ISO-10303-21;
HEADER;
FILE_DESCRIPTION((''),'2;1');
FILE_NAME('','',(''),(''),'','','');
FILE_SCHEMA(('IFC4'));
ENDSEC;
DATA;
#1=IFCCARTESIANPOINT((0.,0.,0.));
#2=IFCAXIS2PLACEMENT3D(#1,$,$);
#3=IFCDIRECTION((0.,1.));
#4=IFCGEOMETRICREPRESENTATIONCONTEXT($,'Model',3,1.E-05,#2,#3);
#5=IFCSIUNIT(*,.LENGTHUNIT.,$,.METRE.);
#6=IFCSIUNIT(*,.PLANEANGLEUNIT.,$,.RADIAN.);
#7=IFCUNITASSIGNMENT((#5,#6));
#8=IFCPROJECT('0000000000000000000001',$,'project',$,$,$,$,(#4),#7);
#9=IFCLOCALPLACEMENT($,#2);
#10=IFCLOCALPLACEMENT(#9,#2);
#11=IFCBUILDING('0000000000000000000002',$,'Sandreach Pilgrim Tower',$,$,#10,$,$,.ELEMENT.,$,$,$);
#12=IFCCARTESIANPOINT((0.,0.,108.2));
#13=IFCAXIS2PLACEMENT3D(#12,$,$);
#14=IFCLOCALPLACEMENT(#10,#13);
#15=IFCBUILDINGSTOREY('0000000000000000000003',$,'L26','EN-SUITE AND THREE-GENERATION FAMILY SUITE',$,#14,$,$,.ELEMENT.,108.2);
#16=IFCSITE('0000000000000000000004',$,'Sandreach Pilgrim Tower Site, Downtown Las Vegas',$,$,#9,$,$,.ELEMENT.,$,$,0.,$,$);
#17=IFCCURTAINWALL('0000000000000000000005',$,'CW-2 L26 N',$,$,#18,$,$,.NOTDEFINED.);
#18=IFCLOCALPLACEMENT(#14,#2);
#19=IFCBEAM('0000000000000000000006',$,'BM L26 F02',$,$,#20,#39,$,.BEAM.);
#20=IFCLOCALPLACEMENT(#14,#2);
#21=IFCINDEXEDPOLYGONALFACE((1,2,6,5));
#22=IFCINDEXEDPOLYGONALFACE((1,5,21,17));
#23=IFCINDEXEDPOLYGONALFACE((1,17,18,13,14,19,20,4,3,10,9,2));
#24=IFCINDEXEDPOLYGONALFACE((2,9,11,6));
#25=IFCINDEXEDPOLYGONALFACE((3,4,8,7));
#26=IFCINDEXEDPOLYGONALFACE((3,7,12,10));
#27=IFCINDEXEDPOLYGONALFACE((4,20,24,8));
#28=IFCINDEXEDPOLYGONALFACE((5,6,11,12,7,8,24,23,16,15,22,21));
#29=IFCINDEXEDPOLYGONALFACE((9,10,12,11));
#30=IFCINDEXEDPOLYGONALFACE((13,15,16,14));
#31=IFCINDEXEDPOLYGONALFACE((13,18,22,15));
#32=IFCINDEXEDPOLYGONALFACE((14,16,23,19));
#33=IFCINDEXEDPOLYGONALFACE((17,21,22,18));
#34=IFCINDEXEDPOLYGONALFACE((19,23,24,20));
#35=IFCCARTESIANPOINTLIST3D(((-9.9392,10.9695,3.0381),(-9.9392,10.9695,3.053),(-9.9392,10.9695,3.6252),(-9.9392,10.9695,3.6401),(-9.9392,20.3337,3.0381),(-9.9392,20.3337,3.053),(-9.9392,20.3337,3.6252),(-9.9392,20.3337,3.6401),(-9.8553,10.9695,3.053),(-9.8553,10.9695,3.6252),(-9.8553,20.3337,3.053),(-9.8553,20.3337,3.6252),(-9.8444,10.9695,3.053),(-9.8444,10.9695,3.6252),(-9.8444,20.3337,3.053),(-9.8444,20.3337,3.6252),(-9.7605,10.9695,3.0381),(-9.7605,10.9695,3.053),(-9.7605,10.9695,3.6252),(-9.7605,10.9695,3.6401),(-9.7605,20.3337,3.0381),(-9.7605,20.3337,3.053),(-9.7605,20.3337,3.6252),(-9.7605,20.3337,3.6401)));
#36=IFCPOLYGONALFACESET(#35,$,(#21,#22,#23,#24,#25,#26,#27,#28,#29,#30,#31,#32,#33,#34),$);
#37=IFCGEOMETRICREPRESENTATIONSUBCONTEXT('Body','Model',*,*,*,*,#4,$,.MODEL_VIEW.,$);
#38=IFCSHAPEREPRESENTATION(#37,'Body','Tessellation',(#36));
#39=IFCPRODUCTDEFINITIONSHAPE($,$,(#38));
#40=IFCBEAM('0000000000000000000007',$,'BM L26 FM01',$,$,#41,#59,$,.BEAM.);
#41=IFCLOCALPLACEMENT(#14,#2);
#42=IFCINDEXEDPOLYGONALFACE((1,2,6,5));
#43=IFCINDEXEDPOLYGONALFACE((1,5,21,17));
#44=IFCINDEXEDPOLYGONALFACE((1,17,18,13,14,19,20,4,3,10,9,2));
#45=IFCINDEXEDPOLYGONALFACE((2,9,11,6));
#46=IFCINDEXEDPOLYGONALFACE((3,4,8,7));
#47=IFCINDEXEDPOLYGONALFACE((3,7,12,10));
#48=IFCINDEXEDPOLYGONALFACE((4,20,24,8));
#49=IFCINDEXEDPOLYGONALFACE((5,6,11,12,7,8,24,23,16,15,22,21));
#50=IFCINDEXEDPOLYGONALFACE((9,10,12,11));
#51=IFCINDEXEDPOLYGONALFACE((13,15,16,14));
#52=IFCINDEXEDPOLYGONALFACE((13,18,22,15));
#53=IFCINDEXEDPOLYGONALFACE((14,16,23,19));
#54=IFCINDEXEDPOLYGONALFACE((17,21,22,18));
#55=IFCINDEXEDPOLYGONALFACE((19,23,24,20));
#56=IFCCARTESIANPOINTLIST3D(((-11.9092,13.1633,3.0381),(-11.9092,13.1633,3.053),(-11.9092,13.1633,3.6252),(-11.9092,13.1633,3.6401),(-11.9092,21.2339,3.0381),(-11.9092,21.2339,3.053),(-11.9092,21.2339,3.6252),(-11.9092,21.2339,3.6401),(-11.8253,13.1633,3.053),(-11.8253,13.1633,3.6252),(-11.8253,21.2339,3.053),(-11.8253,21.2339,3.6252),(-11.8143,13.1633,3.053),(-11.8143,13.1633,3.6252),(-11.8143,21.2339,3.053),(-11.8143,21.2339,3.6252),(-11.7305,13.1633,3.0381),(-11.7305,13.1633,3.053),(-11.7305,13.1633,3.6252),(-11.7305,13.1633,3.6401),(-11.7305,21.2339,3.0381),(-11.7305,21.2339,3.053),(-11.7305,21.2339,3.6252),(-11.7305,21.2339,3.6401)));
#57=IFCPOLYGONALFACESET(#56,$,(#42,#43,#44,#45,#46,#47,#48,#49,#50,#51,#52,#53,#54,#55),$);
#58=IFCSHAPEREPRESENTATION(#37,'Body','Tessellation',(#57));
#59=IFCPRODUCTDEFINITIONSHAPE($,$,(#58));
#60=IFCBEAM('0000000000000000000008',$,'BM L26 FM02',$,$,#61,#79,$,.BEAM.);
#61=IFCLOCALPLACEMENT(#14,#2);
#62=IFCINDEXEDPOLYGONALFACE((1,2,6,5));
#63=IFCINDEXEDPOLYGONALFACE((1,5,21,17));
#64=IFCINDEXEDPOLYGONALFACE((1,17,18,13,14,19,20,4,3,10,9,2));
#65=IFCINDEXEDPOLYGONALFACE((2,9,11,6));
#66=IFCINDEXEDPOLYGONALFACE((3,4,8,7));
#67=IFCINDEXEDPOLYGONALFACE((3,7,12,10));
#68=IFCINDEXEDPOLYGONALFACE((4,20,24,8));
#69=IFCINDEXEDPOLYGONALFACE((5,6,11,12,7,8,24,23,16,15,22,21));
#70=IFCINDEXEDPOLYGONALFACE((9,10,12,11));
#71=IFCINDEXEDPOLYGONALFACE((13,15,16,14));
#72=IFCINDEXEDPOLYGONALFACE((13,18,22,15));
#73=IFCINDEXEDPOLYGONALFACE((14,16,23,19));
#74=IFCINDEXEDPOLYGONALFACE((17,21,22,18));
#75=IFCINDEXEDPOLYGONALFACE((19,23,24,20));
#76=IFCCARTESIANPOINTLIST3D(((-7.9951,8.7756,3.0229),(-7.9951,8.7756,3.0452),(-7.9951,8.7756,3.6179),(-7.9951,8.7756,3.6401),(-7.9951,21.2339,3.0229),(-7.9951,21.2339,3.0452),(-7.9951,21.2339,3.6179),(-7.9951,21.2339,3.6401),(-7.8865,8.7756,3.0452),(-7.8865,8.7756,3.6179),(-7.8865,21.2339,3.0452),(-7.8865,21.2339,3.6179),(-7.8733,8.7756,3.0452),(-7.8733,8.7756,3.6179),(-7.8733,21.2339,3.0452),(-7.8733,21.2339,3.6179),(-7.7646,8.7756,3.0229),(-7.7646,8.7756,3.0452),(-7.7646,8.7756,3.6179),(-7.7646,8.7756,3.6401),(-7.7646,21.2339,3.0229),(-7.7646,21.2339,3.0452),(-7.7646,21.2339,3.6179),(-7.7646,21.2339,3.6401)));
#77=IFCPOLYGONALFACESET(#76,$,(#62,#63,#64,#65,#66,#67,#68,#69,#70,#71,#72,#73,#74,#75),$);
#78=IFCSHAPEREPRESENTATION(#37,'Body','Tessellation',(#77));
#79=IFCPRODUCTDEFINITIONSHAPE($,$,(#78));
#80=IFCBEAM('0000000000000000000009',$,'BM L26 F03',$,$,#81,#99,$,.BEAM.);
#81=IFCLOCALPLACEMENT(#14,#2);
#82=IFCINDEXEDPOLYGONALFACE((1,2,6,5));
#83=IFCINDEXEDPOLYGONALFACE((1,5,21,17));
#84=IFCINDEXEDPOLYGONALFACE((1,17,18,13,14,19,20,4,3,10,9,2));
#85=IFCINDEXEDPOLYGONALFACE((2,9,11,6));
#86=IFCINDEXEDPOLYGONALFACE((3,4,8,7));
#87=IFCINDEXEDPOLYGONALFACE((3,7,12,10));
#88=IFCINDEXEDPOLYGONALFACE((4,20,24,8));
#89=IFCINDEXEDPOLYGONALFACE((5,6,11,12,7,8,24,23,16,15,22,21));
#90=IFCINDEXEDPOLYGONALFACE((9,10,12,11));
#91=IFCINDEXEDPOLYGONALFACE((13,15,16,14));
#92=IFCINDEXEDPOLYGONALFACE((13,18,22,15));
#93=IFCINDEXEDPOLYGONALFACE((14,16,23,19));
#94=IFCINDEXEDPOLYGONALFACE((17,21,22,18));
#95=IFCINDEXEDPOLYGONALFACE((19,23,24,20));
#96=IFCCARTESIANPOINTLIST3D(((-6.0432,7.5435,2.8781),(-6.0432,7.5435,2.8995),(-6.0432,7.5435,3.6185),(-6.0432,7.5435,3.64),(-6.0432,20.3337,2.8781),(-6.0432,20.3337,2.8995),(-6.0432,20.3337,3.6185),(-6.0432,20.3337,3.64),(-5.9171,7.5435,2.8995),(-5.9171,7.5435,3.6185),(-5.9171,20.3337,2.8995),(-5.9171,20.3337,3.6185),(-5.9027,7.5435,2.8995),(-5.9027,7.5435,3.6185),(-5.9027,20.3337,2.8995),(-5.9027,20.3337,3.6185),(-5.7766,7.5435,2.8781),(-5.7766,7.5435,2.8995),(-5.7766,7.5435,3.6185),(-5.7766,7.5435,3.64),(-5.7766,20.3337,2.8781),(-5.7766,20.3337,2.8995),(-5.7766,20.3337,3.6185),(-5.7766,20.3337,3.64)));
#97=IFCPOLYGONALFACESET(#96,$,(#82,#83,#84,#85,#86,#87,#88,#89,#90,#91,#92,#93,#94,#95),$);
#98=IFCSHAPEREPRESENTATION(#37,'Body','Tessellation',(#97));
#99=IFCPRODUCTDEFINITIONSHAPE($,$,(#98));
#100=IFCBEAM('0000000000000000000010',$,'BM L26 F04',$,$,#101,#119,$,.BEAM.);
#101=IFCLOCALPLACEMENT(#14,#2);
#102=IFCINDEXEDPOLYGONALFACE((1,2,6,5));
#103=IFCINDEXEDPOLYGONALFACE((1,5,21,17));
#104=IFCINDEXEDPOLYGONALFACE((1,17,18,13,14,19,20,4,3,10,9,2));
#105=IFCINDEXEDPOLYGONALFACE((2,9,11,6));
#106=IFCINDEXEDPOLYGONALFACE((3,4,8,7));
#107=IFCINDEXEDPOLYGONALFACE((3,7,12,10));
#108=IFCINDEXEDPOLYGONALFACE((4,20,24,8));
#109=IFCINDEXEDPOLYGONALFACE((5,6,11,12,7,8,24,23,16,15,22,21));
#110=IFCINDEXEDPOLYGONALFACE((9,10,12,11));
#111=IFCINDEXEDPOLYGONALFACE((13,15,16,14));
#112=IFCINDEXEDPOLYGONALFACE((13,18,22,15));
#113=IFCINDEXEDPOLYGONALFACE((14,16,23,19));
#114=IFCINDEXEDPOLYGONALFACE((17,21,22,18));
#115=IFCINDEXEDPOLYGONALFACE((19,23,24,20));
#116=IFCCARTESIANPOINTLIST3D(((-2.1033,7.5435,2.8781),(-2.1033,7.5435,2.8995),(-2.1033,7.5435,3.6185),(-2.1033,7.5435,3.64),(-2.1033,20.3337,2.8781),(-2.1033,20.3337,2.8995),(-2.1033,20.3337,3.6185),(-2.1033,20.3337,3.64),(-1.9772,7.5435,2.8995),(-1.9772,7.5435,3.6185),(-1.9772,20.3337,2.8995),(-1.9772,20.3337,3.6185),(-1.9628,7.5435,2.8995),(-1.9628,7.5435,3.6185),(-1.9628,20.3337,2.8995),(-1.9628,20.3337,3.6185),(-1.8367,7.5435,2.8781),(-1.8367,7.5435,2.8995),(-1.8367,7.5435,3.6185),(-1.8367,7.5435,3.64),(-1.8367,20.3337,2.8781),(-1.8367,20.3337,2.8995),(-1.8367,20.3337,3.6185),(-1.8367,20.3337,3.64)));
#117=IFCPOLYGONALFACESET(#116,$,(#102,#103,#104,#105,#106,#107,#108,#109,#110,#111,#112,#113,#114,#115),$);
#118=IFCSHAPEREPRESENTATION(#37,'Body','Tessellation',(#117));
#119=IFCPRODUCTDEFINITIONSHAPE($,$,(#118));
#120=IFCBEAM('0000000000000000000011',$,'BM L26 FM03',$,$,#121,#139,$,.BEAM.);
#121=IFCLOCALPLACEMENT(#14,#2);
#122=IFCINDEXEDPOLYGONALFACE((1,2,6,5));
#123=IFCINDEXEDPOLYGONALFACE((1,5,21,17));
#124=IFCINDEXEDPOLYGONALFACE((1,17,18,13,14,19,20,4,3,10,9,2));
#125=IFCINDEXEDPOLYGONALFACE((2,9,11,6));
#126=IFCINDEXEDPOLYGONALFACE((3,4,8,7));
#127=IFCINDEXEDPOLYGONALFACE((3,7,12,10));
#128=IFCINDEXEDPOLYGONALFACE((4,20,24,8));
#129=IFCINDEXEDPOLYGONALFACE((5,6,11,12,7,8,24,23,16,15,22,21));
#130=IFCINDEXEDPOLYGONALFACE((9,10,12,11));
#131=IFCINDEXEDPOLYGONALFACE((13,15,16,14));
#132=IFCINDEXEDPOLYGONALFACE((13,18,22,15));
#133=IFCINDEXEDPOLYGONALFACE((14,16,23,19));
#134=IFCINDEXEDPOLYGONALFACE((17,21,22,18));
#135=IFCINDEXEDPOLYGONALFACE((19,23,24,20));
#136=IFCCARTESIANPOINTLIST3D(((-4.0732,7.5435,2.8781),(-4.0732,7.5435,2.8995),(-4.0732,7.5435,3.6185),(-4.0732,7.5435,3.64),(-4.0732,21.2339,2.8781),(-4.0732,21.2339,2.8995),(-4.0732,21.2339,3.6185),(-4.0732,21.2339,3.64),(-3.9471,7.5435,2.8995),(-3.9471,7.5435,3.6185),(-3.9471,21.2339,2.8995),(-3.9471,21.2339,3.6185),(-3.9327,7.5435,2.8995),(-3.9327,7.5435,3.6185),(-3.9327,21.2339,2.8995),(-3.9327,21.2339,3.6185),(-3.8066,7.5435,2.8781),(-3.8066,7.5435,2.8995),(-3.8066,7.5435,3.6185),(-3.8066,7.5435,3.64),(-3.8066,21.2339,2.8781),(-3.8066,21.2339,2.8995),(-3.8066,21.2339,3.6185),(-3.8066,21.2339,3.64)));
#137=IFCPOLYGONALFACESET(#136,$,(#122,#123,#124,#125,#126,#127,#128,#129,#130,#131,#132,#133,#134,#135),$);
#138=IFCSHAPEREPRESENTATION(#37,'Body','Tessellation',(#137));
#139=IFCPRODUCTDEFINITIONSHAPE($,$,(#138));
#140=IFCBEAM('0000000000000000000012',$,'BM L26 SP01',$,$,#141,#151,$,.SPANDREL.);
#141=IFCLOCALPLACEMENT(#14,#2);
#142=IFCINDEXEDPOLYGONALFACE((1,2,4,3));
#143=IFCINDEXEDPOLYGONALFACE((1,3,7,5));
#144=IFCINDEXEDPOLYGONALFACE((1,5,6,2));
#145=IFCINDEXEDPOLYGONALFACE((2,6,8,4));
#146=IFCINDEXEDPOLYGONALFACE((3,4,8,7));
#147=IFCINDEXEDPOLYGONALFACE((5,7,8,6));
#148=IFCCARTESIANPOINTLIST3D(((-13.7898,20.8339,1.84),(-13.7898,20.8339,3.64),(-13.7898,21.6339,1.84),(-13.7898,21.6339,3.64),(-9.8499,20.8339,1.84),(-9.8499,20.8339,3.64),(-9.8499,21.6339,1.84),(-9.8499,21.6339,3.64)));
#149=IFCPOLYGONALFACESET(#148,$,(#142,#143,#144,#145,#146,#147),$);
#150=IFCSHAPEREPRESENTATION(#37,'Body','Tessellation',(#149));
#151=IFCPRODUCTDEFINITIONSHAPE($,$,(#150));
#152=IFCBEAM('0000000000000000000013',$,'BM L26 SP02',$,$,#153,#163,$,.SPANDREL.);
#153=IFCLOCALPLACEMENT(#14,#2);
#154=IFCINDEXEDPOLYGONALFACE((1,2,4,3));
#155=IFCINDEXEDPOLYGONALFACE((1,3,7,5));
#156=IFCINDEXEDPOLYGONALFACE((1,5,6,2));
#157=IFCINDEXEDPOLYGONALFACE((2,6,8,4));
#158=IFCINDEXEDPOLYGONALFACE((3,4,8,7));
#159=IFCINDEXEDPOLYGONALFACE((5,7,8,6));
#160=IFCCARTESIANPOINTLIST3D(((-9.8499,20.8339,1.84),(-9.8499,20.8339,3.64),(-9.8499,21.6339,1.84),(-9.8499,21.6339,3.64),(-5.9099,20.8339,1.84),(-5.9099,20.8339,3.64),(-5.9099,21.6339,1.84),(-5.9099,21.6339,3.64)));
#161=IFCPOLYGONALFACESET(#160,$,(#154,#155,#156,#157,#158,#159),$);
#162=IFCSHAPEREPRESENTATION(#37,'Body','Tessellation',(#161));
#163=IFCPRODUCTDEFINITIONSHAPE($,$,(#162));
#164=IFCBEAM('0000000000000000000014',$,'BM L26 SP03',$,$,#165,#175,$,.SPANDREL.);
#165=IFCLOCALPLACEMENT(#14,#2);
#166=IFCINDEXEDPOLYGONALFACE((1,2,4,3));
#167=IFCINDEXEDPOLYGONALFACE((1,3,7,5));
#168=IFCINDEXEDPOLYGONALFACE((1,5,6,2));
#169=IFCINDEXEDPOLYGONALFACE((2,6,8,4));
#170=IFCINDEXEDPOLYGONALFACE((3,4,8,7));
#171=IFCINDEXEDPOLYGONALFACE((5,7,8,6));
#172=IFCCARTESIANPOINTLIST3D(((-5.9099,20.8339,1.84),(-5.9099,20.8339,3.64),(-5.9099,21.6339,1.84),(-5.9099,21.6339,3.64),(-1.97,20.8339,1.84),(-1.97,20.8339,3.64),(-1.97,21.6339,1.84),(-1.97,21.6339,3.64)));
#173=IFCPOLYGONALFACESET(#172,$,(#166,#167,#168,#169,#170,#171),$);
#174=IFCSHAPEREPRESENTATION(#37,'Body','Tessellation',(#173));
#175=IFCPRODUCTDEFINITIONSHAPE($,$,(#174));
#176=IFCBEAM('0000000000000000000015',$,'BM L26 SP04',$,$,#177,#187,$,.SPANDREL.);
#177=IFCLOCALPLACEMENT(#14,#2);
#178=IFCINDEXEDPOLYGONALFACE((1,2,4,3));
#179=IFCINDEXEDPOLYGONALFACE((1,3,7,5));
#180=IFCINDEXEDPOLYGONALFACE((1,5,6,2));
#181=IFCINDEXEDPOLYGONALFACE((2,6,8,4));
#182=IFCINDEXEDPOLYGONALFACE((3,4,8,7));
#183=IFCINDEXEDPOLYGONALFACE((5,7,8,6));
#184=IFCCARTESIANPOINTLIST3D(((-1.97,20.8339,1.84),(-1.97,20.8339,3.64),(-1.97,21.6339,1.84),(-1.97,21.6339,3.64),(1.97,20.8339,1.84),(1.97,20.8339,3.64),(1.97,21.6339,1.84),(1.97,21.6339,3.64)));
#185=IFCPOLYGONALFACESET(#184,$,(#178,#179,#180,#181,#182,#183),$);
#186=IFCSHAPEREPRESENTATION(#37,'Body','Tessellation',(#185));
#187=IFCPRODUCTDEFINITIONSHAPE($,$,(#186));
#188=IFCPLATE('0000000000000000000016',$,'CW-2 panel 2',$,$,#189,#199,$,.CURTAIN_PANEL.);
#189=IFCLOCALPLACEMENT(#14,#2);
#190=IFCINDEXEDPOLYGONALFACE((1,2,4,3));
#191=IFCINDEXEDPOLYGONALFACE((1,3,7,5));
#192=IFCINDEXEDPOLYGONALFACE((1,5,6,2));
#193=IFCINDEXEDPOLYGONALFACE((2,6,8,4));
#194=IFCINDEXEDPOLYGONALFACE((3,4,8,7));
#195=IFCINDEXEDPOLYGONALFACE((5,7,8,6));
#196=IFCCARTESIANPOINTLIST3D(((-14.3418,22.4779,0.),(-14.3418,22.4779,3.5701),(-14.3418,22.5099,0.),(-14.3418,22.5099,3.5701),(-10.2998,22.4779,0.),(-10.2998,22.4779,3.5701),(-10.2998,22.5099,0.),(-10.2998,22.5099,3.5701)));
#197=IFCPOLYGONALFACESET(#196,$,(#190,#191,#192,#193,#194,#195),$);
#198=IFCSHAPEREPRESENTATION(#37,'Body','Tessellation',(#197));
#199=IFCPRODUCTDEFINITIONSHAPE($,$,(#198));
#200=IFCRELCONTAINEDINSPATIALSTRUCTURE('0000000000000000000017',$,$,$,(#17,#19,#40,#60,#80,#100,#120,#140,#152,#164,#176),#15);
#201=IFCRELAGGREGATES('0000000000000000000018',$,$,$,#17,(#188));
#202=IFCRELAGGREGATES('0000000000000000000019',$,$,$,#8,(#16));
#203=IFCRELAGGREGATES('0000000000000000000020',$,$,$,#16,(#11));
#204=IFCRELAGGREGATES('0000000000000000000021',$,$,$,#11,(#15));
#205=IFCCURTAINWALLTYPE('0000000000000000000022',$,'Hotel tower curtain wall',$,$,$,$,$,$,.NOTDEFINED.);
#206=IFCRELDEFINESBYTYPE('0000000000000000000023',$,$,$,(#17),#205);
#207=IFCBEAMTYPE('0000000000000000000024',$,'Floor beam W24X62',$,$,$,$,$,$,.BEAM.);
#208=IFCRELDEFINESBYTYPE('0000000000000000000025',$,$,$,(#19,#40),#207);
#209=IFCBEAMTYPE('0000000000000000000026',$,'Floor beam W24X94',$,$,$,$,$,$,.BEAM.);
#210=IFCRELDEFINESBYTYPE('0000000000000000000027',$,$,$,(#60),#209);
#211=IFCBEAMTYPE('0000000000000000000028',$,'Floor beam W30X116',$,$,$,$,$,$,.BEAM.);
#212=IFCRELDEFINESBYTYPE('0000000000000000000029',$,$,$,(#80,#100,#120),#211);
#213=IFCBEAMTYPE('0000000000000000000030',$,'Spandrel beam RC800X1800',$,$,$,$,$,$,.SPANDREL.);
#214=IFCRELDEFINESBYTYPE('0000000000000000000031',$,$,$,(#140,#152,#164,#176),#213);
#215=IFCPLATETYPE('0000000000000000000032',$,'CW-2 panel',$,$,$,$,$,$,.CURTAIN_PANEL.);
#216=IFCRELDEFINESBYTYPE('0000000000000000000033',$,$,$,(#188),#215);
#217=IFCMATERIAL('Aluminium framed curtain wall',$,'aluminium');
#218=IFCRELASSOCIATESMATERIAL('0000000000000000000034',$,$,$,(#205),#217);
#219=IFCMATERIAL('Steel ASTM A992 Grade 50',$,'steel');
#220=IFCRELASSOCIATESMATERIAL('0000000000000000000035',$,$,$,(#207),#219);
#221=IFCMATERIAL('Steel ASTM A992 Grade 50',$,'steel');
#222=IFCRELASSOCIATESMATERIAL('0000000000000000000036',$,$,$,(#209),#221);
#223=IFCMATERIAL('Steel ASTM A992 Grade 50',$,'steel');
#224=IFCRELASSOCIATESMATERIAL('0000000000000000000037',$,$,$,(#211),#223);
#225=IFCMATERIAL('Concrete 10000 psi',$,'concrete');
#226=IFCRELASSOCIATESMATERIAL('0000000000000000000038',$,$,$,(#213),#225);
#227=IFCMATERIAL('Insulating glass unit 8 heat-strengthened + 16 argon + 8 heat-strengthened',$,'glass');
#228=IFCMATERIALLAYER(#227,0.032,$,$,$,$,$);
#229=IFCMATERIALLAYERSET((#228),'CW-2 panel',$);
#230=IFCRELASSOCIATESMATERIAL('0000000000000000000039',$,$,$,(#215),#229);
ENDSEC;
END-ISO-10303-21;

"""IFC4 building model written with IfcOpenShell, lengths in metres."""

from ifc_helpers import new_model, si_unit, direction, frame, origin, origin_2d, place, context, subcontext, project, spatial, rectangle, i_section, extrude, material, layer, layer_set, material_profile, profile_set, type_object, element, aggregate, save


model = new_model("IFC4")

# Units and contexts
model_context = context("Model", 3, precision=1e-05, world=origin(), true_north=direction((0.0, 1.0)))
body_context = subcontext(model_context, "Body", "Model", "MODEL_VIEW")
ifc_project = project(units=[si_unit("LENGTHUNIT", "METRE"), si_unit("PLANEANGLEUNIT", "RADIAN")], contexts=[model_context])

# Site, building, storey
site_placement = place(None, origin())
site = spatial("IfcSite", under=ifc_project, at=site_placement, Name="Sandreach Pilgrim Tower Site, Downtown Las Vegas", CompositionType="ELEMENT", RefElevation=0.0)
building_placement = place(site_placement, origin())
building = spatial("IfcBuilding", under=site, at=building_placement, Name="Sandreach Pilgrim Tower", CompositionType="ELEMENT")
storey_placement = place(building_placement, frame((0.0, 0.0, 108.2)))
storey = spatial("IfcBuildingStorey", under=building, at=storey_placement, Name="L26", Description="EN-SUITE AND THREE-GENERATION FAMILY SUITE", CompositionType="ELEMENT", Elevation=108.2)

# Curtain wall
ifc_material_1 = material(Name="Aluminium framed curtain wall", Category="aluminium")
curtain_wall_type = type_object("IfcCurtainWallType", Name="Hotel tower curtain wall", PredefinedType="NOTDEFINED", material=ifc_material_1)
curtain_wall_placement = place(storey_placement, origin())
curtain_wall = element("IfcCurtainWall", 1, at=curtain_wall_placement, inside=storey, type_object=curtain_wall_type, Name="CW-2 L26 N", PredefinedType="NOTDEFINED")

# Beams
ifc_material_2 = material(Name="Steel ASTM A992 Grade 50", Category="steel")
ifc_material_profile_1 = material_profile(ifc_material_2, i_section(OverallWidth=0.1787, OverallDepth=0.6021, WebThickness=0.011, FlangeThickness=0.0149, at=origin_2d()), Name="W24X62")
ifc_profile_set_1 = profile_set([ifc_material_profile_1], Name="Steel ASTM A992 Grade 50")
beam_type_1 = type_object("IfcBeamType", Name="Floor beam W24X62", PredefinedType="BEAM", material=ifc_profile_set_1)
beam_1_placement = place(storey_placement, frame((-9.8499, 20.3337, 3.3391), z_axis=(0.0, -1.0, 0.0), x_axis=(1.0, 0.0, 0.0)))
element("IfcBeam", 2, at=beam_1_placement, inside=storey, type_object=beam_type_1, Name="BM L26 F02", PredefinedType="BEAM", context=body_context, shape_type="SweptSolid", body=[
    extrude(i_section(OverallWidth=0.1787, OverallDepth=0.6021, WebThickness=0.011, FlangeThickness=0.0149, at=origin_2d()), origin(), (0.0, 0.0, 1.0), 9.3643),
])
beam_2_placement = place(storey_placement, frame((-11.8198, 21.2339, 3.3391), z_axis=(0.0, -1.0, 0.0), x_axis=(1.0, 0.0, 0.0)))
element("IfcBeam", 3, at=beam_2_placement, inside=storey, type_object=beam_type_1, Name="BM L26 FM01", PredefinedType="BEAM", context=body_context, shape_type="SweptSolid", body=[
    extrude(i_section(OverallWidth=0.1787, OverallDepth=0.6021, WebThickness=0.011, FlangeThickness=0.0149, at=origin_2d()), origin(), (0.0, 0.0, 1.0), 8.0706),
])
ifc_material_3 = material(Name="Steel ASTM A992 Grade 50", Category="steel")
ifc_material_profile_2 = material_profile(ifc_material_3, i_section(OverallWidth=0.2305, OverallDepth=0.6172, WebThickness=0.0132, FlangeThickness=0.0222, at=origin_2d()), Name="W24X94")
ifc_profile_set_2 = profile_set([ifc_material_profile_2], Name="Steel ASTM A992 Grade 50")
beam_type_2 = type_object("IfcBeamType", Name="Floor beam W24X94", PredefinedType="BEAM", material=ifc_profile_set_2)
beam_3_placement = place(storey_placement, frame((-7.8799, 21.2339, 3.3315), z_axis=(0.0, -1.0, 0.0), x_axis=(1.0, 0.0, 0.0)))
element("IfcBeam", 4, at=beam_3_placement, inside=storey, type_object=beam_type_2, Name="BM L26 FM02", PredefinedType="BEAM", context=body_context, shape_type="SweptSolid", body=[
    extrude(i_section(OverallWidth=0.2305, OverallDepth=0.6172, WebThickness=0.0132, FlangeThickness=0.0222, at=origin_2d()), origin(), (0.0, 0.0, 1.0), 12.4583),
])
ifc_material_4 = material(Name="Steel ASTM A992 Grade 50", Category="steel")
ifc_material_profile_3 = material_profile(ifc_material_4, i_section(OverallWidth=0.2666, OverallDepth=0.762, WebThickness=0.0144, FlangeThickness=0.0215, at=origin_2d()), Name="W30X116")
ifc_profile_set_3 = profile_set([ifc_material_profile_3], Name="Steel ASTM A992 Grade 50")
beam_type_3 = type_object("IfcBeamType", Name="Floor beam W30X116", PredefinedType="BEAM", material=ifc_profile_set_3)
for number, where, z_axis, x_axis, name in (
    (5, (-5.9099, 20.3337, 3.259), (0.0, -1.0, 0.0), (1.0, 0.0, 0.0), "BM L26 F03"),
    (6, (-1.97, 20.3337, 3.259), (0.0, -1.0, 0.0), (1.0, 0.0, 0.0), "BM L26 F04"),
):
    element("IfcBeam", number, at=place(storey_placement, frame(where, z_axis=z_axis, x_axis=x_axis)), inside=storey, type_object=beam_type_3, Name=name, PredefinedType="BEAM", context=body_context, shape_type="SweptSolid", body=[
        extrude(i_section(OverallWidth=0.2666, OverallDepth=0.762, WebThickness=0.0144, FlangeThickness=0.0215, at=origin_2d()), origin(), (0.0, 0.0, 1.0), 12.7903),
    ])
beam_4_placement = place(storey_placement, frame((-3.9399, 21.2339, 3.259), z_axis=(0.0, -1.0, 0.0), x_axis=(1.0, 0.0, 0.0)))
element("IfcBeam", 7, at=beam_4_placement, inside=storey, type_object=beam_type_3, Name="BM L26 FM03", PredefinedType="BEAM", context=body_context, shape_type="SweptSolid", body=[
    extrude(i_section(OverallWidth=0.2666, OverallDepth=0.762, WebThickness=0.0144, FlangeThickness=0.0215, at=origin_2d()), origin(), (0.0, 0.0, 1.0), 13.6904),
])
ifc_material_5 = material(Name="Concrete 10000 psi", Category="concrete")
ifc_material_profile_4 = material_profile(ifc_material_5, rectangle(XDim=0.8, YDim=1.8, at=origin_2d()), Name="RC800X1800")
ifc_profile_set_4 = profile_set([ifc_material_profile_4], Name="Concrete 10000 psi")
beam_type_4 = type_object("IfcBeamType", Name="Spandrel beam RC800X1800", PredefinedType="SPANDREL", material=ifc_profile_set_4)
for number, where, z_axis, x_axis, name in (
    (8, (-13.7898, 21.2339, 2.74), (1.0, 0.0, 0.0), (0.0, 1.0, 0.0), "BM L26 SP01"),
    (9, (-9.8499, 21.2339, 2.74), (1.0, 0.0, 0.0), (0.0, 1.0, 0.0), "BM L26 SP02"),
    (10, (-5.9099, 21.2339, 2.74), (1.0, 0.0, 0.0), (0.0, 1.0, 0.0), "BM L26 SP03"),
    (11, (-1.97, 21.2339, 2.74), (1.0, 0.0, 0.0), (0.0, 1.0, 0.0), "BM L26 SP04"),
):
    element("IfcBeam", number, at=place(storey_placement, frame(where, z_axis=z_axis, x_axis=x_axis)), inside=storey, type_object=beam_type_4, Name=name, PredefinedType="SPANDREL", context=body_context, shape_type="SweptSolid", body=[
        extrude(rectangle(XDim=0.8, YDim=1.8, at=origin_2d()), origin(), (0.0, 0.0, 1.0), 3.9399),
    ])

# Plate
ifc_material_6 = material(Name="Insulating glass unit 8 heat-strengthened + 16 argon + 8 heat-strengthened", Category="glass")
ifc_layer_1 = layer(ifc_material_6, 0.032)
ifc_layer_set_1 = layer_set([ifc_layer_1], Name="CW-2 panel")
plate_type = type_object("IfcPlateType", Name="CW-2 panel", PredefinedType="CURTAIN_PANEL", material=ifc_layer_set_1)
plate_1_placement = place(storey_placement, frame((-12.3208, 22.4939, 0.0), z_axis=(0.0, 0.0, 1.0), x_axis=(1.0, 0.0, 0.0)))
plate_1 = element("IfcPlate", 12, at=plate_1_placement, type_object=plate_type, Name="CW-2 panel 2", PredefinedType="CURTAIN_PANEL", context=body_context, shape_type="SweptSolid", body=[
    extrude(rectangle(XDim=4.042, YDim=0.032, at=origin_2d()), origin(), (0.0, 0.0, 1.0), 3.5701),
])
aggregate(curtain_wall, [plate_1])

save(model, "model.ifc")
